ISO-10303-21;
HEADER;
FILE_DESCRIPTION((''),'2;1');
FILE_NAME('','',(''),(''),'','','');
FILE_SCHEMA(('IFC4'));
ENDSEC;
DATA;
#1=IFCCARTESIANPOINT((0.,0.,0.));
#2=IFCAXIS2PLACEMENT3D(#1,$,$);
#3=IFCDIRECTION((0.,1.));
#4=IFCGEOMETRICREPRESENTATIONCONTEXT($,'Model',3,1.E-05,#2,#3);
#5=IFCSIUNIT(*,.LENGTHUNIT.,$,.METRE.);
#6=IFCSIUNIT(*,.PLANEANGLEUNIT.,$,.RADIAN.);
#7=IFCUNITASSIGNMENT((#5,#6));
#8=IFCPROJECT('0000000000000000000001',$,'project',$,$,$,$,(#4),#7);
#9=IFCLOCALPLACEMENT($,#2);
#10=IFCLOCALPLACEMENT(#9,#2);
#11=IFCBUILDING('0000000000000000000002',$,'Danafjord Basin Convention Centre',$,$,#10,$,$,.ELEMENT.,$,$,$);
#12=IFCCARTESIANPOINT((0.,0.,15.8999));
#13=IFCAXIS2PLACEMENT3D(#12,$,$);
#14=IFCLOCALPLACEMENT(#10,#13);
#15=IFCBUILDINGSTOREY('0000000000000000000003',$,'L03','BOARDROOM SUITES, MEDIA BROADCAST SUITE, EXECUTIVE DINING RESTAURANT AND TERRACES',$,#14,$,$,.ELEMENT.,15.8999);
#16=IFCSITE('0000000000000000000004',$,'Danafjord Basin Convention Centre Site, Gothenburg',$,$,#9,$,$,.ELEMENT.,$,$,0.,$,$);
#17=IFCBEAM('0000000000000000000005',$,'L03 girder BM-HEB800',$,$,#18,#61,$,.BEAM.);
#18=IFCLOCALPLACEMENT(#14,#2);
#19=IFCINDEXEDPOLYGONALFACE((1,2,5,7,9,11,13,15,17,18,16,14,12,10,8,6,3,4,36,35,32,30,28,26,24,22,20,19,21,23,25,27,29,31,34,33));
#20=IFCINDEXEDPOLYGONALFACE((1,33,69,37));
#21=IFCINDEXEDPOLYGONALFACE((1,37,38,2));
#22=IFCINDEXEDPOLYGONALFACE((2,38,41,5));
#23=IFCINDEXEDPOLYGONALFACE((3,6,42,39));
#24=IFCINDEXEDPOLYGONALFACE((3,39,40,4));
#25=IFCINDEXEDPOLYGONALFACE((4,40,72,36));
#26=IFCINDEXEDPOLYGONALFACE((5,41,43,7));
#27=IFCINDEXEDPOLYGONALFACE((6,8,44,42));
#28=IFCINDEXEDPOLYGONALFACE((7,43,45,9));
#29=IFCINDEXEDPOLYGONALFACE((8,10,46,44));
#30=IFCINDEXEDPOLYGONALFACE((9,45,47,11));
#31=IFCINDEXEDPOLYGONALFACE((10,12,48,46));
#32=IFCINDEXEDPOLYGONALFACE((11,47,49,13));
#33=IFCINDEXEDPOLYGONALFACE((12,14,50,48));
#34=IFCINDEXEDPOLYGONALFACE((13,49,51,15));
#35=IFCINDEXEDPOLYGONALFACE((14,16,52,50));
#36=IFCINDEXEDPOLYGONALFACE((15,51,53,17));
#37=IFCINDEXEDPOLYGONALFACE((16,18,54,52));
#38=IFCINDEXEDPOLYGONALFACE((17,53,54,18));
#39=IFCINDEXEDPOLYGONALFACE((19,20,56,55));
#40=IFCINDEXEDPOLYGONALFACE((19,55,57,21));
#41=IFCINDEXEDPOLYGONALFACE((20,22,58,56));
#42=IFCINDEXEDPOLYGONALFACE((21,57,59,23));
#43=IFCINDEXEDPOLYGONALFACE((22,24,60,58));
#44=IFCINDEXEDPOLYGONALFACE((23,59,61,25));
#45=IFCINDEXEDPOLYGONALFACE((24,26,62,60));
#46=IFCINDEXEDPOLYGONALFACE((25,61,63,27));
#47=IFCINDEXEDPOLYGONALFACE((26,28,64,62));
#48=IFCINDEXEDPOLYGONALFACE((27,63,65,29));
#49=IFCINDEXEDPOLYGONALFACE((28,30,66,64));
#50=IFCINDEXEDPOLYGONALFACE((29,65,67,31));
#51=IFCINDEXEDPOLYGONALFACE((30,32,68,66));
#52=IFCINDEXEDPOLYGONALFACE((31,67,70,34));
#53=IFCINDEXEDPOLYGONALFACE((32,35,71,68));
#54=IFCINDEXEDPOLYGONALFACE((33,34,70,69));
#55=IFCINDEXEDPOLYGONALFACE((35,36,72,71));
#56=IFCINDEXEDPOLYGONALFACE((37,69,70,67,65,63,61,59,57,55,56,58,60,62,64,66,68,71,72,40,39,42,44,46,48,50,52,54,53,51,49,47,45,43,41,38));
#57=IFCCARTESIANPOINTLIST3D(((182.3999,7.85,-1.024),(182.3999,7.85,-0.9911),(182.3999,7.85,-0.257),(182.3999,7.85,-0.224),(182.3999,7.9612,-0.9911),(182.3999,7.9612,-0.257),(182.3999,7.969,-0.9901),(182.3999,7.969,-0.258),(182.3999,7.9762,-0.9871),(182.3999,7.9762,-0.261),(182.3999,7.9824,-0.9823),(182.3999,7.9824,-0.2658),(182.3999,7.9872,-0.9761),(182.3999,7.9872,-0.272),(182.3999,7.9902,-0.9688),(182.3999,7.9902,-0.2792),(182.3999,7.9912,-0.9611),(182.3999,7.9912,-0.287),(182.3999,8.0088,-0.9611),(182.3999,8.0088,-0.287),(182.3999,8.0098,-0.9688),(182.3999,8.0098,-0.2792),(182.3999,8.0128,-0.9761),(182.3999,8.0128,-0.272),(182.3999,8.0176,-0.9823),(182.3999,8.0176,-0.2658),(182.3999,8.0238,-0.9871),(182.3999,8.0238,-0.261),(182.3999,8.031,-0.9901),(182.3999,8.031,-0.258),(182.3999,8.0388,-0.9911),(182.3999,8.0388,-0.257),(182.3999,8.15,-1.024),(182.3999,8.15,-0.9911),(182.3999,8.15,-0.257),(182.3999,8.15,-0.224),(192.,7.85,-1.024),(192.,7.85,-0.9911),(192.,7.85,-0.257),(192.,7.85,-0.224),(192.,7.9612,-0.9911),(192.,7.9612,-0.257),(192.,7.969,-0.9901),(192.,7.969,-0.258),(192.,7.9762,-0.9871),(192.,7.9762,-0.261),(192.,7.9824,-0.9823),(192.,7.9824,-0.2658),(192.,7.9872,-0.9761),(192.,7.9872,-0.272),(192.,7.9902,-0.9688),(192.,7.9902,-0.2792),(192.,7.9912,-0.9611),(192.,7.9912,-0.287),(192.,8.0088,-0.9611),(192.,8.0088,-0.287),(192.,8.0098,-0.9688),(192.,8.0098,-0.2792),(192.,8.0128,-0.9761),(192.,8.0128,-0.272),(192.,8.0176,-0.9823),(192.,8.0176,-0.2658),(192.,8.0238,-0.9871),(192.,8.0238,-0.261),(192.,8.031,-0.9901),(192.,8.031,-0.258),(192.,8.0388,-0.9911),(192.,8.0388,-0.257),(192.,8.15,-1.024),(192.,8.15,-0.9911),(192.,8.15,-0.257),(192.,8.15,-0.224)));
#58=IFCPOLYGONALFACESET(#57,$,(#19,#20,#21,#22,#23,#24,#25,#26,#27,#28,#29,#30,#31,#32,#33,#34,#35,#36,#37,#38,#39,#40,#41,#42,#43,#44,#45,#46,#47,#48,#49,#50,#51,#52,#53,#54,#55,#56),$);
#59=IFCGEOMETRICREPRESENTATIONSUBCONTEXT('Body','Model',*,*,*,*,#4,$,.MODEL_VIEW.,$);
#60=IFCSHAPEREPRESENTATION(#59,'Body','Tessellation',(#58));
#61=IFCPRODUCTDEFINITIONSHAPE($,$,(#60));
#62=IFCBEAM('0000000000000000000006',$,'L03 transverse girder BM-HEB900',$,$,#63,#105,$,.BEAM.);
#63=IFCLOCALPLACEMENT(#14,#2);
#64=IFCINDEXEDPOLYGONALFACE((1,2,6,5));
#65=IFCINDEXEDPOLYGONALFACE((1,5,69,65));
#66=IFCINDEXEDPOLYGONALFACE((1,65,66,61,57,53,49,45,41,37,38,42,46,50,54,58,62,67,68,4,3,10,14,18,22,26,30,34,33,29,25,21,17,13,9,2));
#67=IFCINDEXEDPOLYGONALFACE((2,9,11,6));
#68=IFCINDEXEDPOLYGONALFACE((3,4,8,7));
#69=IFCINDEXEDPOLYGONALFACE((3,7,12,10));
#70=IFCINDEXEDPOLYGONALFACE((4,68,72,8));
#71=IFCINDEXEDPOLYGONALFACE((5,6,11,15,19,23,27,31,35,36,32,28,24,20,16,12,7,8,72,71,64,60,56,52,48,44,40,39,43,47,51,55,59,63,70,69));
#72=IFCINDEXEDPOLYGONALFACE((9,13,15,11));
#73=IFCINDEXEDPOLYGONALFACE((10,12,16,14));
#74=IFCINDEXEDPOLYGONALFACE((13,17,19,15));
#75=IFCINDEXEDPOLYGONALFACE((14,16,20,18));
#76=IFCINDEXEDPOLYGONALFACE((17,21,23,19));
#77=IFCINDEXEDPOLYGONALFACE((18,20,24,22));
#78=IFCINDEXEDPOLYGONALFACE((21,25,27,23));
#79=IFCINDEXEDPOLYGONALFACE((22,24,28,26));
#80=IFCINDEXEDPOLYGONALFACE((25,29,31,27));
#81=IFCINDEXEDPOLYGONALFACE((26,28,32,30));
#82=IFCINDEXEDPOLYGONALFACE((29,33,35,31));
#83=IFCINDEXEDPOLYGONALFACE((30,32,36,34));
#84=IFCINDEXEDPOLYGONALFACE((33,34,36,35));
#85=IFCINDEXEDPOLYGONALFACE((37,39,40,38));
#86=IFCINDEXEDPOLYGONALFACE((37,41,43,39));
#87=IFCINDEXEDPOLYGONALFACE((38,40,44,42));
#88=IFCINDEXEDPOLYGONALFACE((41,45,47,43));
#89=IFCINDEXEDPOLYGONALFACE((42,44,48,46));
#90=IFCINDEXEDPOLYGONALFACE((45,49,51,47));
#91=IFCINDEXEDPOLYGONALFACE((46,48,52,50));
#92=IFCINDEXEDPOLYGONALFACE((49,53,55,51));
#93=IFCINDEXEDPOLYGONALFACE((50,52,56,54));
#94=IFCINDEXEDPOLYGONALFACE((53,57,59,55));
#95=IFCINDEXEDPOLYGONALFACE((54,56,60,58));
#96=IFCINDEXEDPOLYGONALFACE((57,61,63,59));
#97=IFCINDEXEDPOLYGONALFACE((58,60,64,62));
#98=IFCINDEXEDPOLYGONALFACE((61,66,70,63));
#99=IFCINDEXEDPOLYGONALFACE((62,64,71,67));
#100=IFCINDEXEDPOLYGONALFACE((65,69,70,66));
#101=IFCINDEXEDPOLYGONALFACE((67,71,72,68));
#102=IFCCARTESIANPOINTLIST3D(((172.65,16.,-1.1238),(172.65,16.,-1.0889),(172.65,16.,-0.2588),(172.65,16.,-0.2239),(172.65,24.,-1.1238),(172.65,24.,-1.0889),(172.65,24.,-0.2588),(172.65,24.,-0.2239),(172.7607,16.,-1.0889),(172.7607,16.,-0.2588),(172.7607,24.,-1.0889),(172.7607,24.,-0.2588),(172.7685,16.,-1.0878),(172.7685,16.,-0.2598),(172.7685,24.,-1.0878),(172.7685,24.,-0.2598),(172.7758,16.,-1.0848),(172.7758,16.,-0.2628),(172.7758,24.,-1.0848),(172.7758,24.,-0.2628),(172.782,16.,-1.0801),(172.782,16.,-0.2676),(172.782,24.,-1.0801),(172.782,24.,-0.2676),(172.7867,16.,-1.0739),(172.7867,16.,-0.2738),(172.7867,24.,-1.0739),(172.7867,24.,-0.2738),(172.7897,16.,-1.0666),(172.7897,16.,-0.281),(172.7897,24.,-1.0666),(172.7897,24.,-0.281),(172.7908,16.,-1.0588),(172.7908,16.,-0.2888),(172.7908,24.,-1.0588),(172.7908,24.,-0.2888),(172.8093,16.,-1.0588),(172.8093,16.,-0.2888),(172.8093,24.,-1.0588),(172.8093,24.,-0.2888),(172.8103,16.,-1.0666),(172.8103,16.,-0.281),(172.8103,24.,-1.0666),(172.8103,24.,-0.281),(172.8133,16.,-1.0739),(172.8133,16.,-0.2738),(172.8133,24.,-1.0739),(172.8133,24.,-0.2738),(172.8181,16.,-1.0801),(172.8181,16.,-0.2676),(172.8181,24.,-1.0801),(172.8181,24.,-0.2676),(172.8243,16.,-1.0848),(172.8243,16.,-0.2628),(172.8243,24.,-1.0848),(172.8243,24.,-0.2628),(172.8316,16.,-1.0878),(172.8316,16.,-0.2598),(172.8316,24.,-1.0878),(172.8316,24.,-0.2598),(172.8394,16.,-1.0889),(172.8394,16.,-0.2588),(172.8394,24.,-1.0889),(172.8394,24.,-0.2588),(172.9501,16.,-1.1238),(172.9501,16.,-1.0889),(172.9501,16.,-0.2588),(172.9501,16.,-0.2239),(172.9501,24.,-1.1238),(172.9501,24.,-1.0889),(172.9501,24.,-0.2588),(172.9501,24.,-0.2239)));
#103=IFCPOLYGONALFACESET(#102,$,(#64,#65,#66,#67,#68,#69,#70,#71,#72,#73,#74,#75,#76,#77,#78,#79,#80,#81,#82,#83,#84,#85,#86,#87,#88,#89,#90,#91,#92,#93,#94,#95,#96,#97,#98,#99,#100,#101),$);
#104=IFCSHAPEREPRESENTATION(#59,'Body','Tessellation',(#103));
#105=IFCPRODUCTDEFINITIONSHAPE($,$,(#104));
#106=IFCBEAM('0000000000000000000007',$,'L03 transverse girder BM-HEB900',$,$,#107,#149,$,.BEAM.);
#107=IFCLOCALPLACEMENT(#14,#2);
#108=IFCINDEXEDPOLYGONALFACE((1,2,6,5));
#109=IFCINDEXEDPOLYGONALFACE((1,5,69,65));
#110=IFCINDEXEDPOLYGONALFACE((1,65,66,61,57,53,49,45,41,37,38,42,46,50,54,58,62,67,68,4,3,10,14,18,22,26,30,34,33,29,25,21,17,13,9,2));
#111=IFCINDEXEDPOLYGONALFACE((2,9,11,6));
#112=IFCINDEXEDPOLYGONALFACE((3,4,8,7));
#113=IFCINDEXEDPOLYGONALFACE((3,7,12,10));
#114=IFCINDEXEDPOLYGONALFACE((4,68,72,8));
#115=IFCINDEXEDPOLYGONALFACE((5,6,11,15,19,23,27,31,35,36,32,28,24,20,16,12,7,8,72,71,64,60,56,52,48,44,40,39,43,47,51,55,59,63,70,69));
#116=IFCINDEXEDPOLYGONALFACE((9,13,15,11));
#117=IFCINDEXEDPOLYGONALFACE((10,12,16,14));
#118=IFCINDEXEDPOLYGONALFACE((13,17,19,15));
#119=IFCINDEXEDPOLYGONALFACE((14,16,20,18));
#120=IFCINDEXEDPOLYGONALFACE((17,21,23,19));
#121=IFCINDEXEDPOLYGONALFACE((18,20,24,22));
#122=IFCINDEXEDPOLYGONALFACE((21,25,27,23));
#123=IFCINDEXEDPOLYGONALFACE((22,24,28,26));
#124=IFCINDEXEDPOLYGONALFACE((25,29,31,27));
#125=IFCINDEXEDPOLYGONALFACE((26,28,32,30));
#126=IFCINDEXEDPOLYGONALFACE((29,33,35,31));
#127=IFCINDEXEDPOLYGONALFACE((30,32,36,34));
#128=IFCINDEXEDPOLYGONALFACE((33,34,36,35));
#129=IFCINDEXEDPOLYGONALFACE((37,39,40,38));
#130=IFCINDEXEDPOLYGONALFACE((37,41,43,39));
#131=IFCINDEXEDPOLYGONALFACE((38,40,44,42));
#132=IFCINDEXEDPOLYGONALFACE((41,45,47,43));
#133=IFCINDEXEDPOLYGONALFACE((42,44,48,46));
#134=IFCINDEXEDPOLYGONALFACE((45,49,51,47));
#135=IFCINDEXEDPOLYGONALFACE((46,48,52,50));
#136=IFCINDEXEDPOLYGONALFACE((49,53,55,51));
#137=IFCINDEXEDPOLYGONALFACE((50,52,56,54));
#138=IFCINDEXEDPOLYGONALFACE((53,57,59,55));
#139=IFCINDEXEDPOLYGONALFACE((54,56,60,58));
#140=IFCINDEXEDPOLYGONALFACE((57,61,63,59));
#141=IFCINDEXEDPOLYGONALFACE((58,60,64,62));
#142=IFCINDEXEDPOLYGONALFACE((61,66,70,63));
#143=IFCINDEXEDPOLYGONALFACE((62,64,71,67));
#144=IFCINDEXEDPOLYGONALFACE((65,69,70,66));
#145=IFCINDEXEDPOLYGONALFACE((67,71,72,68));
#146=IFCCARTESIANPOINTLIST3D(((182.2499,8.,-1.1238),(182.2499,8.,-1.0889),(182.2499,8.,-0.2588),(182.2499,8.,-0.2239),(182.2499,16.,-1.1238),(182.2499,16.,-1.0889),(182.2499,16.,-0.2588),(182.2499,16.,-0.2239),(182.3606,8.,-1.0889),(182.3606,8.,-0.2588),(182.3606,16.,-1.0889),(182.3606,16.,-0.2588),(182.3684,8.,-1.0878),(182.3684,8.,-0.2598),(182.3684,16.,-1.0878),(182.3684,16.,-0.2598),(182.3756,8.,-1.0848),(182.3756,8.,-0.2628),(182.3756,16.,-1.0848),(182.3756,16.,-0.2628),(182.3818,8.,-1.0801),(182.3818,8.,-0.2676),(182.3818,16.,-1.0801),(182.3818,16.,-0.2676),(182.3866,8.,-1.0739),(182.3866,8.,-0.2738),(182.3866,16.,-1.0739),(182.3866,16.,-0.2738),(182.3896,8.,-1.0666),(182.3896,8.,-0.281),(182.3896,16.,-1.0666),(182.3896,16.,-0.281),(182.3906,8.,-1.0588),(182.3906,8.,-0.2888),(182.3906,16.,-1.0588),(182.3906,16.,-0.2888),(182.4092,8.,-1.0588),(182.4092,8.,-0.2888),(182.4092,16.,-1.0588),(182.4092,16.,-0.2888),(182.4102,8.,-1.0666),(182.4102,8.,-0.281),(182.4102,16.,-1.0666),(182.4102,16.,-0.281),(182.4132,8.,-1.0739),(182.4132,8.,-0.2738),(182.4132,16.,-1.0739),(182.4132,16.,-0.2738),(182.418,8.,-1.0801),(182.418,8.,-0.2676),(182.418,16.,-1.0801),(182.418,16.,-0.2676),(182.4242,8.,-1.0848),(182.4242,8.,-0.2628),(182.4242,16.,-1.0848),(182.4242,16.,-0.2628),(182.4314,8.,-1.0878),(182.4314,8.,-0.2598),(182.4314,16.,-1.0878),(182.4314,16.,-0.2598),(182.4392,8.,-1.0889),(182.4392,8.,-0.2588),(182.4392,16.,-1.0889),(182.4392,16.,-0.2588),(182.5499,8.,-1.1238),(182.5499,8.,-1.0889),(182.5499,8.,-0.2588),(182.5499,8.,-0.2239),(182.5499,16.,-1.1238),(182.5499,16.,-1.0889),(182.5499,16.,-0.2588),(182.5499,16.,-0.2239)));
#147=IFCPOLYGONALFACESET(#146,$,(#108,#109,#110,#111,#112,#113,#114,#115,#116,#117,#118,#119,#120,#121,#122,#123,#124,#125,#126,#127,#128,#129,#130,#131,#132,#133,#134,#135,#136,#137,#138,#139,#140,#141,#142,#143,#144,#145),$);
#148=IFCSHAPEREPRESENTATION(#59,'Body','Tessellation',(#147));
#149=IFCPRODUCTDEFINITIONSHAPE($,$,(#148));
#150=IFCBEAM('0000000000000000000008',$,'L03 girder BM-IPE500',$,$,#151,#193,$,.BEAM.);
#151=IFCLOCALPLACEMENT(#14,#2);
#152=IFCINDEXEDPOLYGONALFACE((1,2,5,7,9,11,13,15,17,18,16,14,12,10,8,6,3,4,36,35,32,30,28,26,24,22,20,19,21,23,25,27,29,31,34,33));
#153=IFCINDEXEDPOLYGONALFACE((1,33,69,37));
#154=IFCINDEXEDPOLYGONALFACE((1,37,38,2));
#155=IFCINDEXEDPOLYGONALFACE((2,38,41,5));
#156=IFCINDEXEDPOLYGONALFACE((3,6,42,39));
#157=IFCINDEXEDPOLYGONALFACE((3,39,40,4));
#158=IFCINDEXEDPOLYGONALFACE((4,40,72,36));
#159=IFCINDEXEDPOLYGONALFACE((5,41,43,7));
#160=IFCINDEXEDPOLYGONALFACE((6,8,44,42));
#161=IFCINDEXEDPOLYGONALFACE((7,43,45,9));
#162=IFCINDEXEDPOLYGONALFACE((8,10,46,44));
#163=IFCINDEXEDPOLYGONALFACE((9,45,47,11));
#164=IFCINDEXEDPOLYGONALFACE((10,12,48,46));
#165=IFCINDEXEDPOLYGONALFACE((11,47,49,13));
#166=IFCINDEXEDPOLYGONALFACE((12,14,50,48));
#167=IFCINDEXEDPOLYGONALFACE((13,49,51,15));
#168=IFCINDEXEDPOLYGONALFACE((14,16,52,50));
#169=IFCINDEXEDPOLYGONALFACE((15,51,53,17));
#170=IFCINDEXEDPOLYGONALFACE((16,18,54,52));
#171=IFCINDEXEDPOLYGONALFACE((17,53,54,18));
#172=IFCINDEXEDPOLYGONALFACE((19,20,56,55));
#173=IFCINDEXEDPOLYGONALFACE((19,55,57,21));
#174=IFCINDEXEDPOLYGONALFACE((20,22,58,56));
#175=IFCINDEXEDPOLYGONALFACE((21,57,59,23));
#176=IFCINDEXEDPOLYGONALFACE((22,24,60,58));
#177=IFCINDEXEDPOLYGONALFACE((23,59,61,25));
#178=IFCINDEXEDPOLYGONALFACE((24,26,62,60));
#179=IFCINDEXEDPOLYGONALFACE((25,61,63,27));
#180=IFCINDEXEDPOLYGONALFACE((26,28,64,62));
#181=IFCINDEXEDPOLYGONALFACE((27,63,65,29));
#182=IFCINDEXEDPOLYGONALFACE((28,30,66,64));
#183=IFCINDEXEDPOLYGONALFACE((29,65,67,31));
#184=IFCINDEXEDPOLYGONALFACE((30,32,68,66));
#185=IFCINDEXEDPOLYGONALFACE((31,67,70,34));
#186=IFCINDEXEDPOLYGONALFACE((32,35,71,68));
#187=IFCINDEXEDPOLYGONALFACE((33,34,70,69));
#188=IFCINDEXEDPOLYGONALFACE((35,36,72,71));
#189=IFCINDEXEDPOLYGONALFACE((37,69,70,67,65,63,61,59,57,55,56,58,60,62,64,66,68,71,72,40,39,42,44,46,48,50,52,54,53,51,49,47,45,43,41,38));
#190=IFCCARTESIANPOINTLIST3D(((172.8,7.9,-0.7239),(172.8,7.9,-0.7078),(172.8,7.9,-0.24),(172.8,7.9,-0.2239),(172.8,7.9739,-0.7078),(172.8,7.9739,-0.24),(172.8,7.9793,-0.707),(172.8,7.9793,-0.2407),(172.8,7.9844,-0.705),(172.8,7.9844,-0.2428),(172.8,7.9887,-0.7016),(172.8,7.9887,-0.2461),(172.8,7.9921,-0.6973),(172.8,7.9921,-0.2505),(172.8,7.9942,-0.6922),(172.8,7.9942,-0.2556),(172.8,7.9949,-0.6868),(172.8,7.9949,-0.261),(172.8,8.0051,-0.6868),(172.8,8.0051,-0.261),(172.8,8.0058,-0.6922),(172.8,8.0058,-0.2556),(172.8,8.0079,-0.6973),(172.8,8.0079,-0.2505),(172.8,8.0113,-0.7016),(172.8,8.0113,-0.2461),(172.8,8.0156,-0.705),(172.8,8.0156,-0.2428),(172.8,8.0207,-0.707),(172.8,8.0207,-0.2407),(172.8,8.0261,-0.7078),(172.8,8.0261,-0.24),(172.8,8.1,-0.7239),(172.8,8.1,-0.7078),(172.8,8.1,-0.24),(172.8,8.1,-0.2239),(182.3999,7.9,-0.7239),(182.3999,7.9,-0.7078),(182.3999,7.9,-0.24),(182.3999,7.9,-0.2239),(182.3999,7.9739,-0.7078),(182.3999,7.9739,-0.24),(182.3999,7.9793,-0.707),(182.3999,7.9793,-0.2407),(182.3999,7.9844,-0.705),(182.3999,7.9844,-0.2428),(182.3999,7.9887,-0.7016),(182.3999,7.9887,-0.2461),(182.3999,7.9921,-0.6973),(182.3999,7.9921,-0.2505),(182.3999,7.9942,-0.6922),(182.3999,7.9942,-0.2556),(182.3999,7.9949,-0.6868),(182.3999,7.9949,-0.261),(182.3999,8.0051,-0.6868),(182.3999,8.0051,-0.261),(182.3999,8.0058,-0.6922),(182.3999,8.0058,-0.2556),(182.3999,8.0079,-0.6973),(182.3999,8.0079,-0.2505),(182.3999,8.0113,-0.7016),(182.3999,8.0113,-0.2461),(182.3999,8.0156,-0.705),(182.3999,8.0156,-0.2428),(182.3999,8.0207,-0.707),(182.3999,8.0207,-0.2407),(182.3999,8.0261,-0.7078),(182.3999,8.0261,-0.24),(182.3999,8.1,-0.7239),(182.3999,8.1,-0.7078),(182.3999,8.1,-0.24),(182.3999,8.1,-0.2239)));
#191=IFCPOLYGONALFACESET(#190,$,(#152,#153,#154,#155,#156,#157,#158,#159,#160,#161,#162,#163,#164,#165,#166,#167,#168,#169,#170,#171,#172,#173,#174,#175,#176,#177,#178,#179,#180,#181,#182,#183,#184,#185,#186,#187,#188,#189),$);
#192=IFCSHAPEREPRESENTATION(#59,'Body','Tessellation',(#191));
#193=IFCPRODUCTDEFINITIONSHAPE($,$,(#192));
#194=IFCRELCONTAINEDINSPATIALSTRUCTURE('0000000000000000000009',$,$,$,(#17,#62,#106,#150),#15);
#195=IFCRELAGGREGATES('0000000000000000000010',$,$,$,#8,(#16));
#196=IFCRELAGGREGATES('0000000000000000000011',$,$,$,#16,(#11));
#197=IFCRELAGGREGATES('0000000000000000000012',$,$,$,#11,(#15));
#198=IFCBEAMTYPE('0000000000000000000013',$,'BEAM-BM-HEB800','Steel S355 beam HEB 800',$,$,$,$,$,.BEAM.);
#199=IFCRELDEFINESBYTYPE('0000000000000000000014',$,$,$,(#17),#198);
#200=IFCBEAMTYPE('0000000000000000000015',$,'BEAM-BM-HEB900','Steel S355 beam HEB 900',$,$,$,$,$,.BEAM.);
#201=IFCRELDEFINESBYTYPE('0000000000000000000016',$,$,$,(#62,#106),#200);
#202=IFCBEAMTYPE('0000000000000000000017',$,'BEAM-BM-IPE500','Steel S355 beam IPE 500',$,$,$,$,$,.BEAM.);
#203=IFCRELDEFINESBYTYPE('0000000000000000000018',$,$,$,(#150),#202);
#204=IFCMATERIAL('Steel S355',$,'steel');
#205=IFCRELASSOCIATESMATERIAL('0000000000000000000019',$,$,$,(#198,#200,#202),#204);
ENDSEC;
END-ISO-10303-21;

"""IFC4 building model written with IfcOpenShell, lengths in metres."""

from ifc_helpers import new_model, si_unit, direction, frame, origin, origin_2d, place, context, subcontext, project, spatial, i_section, extrude, material, material_profile, profile_set, type_object, element, save


model = new_model("IFC4")

# Units and contexts
model_context = context("Model", 3, precision=1e-05, world=origin(), true_north=direction((0.0, 1.0)))
body_context = subcontext(model_context, "Body", "Model", "MODEL_VIEW")
ifc_project = project(units=[si_unit("LENGTHUNIT", "METRE"), si_unit("PLANEANGLEUNIT", "RADIAN")], contexts=[model_context])

# Site, building, storey
site_placement = place(None, origin())
site = spatial("IfcSite", under=ifc_project, at=site_placement, Name="Danafjord Basin Convention Centre Site, Gothenburg", CompositionType="ELEMENT", RefElevation=0.0)
building_placement = place(site_placement, origin())
building = spatial("IfcBuilding", under=site, at=building_placement, Name="Danafjord Basin Convention Centre", CompositionType="ELEMENT")
storey_placement = place(building_placement, frame((0.0, 0.0, 15.8999)))
storey = spatial("IfcBuildingStorey", under=building, at=storey_placement, Name="L03", Description="BOARDROOM SUITES, MEDIA BROADCAST SUITE, EXECUTIVE DINING RESTAURANT AND TERRACES", CompositionType="ELEMENT", Elevation=15.8999)

# Shared definitions
ifc_material_1 = material(Name="Steel S355", Category="steel")

# Beams
ifc_material_profile_1 = material_profile(ifc_material_1, i_section(OverallWidth=0.3, OverallDepth=0.8, WebThickness=0.0176, FlangeThickness=0.033, FilletRadius=0.03, at=origin_2d()), Name="HEB 800")
ifc_profile_set_1 = profile_set([ifc_material_profile_1], Name="Steel S355")
beam_type_1 = type_object("IfcBeamType", Name="BEAM-BM-HEB800", Description="Steel S355 beam HEB 800", PredefinedType="BEAM", material=ifc_profile_set_1)
beam_1_placement = place(storey_placement, frame((182.3999, 8.0, -0.624), z_axis=(1.0, 0.0, 0.0), x_axis=(0.0, 1.0, 0.0)))
element("IfcBeam", 1, at=beam_1_placement, inside=storey, type_object=beam_type_1, Name="L03 girder BM-HEB800", PredefinedType="BEAM", context=body_context, shape_type="SweptSolid", body=[
    extrude(i_section(OverallWidth=0.3, OverallDepth=0.8, WebThickness=0.0176, FlangeThickness=0.033, FilletRadius=0.03, at=origin_2d()), origin(), (0.0, 0.0, 1.0), 9.6001),
])
ifc_material_profile_2 = material_profile(ifc_material_1, i_section(OverallWidth=0.3, OverallDepth=0.8999, WebThickness=0.0186, FlangeThickness=0.0349, FilletRadius=0.03, at=origin_2d()), Name="HEB 900")
ifc_profile_set_2 = profile_set([ifc_material_profile_2], Name="Steel S355")
beam_type_2 = type_object("IfcBeamType", Name="BEAM-BM-HEB900", Description="Steel S355 beam HEB 900", PredefinedType="BEAM", material=ifc_profile_set_2)
for number, where, z_axis, x_axis, name in (
    (2, (172.8, 16.0, -0.6738), (0.0, 1.0, 0.0), (-1.0, 0.0, 0.0), "L03 transverse girder BM-HEB900"),
    (3, (182.3999, 8.0, -0.6738), (0.0, 1.0, 0.0), (-1.0, 0.0, 0.0), "L03 transverse girder BM-HEB900"),
):
    element("IfcBeam", number, at=place(storey_placement, frame(where, z_axis=z_axis, x_axis=x_axis)), inside=storey, type_object=beam_type_2, Name=name, PredefinedType="BEAM", context=body_context, shape_type="SweptSolid", body=[
        extrude(i_section(OverallWidth=0.3, OverallDepth=0.8999, WebThickness=0.0186, FlangeThickness=0.0349, FilletRadius=0.03, at=origin_2d()), origin(), (0.0, 0.0, 1.0), 8.0),
    ])
ifc_material_profile_3 = material_profile(ifc_material_1, i_section(OverallWidth=0.2, OverallDepth=0.5, WebThickness=0.0103, FlangeThickness=0.0161, FilletRadius=0.021, at=origin_2d()), Name="IPE 500")
ifc_profile_set_3 = profile_set([ifc_material_profile_3], Name="Steel S355")
beam_type_3 = type_object("IfcBeamType", Name="BEAM-BM-IPE500", Description="Steel S355 beam IPE 500", PredefinedType="BEAM", material=ifc_profile_set_3)
beam_2_placement = place(storey_placement, frame((172.8, 8.0, -0.4739), z_axis=(1.0, 0.0, 0.0), x_axis=(0.0, 1.0, 0.0)))
element("IfcBeam", 4, at=beam_2_placement, inside=storey, type_object=beam_type_3, Name="L03 girder BM-IPE500", PredefinedType="BEAM", context=body_context, shape_type="SweptSolid", body=[
    extrude(i_section(OverallWidth=0.2, OverallDepth=0.5, WebThickness=0.0103, FlangeThickness=0.0161, FilletRadius=0.021, at=origin_2d()), origin(), (0.0, 0.0, 1.0), 9.5999),
])

save(model, "model.ifc")
